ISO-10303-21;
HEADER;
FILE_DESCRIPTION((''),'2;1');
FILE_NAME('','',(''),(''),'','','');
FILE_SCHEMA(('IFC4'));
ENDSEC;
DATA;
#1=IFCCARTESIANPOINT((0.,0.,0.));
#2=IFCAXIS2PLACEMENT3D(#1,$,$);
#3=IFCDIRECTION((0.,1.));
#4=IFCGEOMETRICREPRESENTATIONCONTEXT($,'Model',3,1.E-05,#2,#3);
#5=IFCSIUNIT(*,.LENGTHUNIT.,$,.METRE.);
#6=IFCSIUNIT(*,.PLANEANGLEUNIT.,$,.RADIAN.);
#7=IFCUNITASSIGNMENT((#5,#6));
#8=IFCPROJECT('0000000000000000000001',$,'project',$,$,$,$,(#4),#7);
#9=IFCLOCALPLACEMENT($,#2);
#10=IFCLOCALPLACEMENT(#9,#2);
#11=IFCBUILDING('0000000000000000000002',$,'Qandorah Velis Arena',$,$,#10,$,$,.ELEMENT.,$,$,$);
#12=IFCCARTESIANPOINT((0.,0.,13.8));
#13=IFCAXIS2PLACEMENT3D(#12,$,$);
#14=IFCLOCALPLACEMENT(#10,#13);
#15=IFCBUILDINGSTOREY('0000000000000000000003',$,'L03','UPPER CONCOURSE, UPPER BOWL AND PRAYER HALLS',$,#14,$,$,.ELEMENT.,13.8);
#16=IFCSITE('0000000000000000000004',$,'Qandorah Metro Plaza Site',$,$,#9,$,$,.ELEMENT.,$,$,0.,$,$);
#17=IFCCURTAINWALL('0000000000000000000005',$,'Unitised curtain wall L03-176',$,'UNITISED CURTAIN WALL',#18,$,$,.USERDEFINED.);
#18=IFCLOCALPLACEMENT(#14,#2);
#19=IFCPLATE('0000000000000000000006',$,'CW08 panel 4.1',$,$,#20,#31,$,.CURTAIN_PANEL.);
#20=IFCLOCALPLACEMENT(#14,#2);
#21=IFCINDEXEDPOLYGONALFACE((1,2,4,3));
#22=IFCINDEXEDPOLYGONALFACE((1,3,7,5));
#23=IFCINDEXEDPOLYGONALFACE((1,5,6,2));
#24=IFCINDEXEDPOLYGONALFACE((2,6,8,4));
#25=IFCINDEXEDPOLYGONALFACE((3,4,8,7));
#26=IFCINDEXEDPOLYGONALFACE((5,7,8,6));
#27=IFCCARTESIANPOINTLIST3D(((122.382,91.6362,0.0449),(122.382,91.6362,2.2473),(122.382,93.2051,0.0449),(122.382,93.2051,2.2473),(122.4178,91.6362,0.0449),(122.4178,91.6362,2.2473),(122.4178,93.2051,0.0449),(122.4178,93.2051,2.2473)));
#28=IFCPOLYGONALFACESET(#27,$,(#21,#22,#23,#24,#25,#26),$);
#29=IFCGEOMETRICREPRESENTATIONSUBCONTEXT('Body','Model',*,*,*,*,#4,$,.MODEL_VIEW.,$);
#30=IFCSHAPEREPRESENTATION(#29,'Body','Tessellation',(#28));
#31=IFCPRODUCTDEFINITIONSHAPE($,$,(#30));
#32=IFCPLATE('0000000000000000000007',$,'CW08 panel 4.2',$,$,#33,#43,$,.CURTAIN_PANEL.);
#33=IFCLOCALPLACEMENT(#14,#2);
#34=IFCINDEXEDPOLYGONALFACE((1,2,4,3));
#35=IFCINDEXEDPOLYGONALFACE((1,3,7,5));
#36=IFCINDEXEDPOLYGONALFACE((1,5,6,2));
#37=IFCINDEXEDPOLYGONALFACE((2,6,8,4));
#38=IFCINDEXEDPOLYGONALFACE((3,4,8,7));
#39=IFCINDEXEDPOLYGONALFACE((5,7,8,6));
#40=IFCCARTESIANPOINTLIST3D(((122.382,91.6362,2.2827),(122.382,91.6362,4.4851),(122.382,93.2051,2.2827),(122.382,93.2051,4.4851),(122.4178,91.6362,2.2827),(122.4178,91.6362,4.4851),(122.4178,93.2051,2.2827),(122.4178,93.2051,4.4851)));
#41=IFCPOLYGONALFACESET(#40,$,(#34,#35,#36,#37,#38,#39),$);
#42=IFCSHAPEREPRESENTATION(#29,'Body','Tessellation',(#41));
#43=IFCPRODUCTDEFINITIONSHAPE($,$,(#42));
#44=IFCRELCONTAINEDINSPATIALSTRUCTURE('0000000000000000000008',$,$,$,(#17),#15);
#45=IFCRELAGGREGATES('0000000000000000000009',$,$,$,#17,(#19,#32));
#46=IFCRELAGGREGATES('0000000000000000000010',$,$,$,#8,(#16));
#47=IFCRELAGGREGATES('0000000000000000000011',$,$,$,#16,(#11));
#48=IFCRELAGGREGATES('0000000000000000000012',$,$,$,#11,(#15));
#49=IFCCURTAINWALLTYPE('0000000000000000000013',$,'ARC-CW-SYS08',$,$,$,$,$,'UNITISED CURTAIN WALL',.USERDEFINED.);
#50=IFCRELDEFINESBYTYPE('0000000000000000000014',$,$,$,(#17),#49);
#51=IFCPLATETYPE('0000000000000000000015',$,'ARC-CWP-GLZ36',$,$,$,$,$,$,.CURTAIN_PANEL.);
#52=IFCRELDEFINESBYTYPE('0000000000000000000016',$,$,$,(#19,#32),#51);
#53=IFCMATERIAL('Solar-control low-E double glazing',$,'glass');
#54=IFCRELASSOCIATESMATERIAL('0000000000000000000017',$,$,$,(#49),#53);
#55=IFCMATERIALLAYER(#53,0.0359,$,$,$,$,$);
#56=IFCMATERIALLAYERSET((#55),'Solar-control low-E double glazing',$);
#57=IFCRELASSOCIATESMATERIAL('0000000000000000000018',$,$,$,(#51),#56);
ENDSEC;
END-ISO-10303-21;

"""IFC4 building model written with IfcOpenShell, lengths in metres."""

from ifc_helpers import new_model, si_unit, direction, frame, origin, origin_2d, place, context, subcontext, project, spatial, rectangle, extrude, material, layer, layer_set, type_object, element, aggregate, save


model = new_model("IFC4")

# Units and contexts
model_context = context("Model", 3, precision=1e-05, world=origin(), true_north=direction((0.0, 1.0)))
body_context = subcontext(model_context, "Body", "Model", "MODEL_VIEW")
ifc_project = project(units=[si_unit("LENGTHUNIT", "METRE"), si_unit("PLANEANGLEUNIT", "RADIAN")], contexts=[model_context])

# Site, building, storey
site_placement = place(None, origin())
site = spatial("IfcSite", under=ifc_project, at=site_placement, Name="Qandorah Metro Plaza Site", CompositionType="ELEMENT", RefElevation=0.0)
building_placement = place(site_placement, origin())
building = spatial("IfcBuilding", under=site, at=building_placement, Name="Qandorah Velis Arena", CompositionType="ELEMENT")
storey_placement = place(building_placement, frame((0.0, 0.0, 13.8)))
storey = spatial("IfcBuildingStorey", under=building, at=storey_placement, Name="L03", Description="UPPER CONCOURSE, UPPER BOWL AND PRAYER HALLS", CompositionType="ELEMENT", Elevation=13.8)

# Curtain wall
ifc_material_1 = material(Name="Solar-control low-E double glazing", Category="glass")
curtain_wall_type_1 = type_object("IfcCurtainWallType", Name="ARC-CW-SYS08", ElementType="UNITISED CURTAIN WALL", PredefinedType="USERDEFINED", material=ifc_material_1)
curtain_wall_1_placement = place(storey_placement, origin())
curtain_wall_1 = element("IfcCurtainWall", 1, at=curtain_wall_1_placement, inside=storey, type_object=curtain_wall_type_1, Name="Unitised curtain wall L03-176", ObjectType="UNITISED CURTAIN WALL", PredefinedType="USERDEFINED")

# Plates
ifc_layer_1 = layer(ifc_material_1, 0.0359)
ifc_layer_set_1 = layer_set([ifc_layer_1], Name="Solar-control low-E double glazing")
plate_type_1 = type_object("IfcPlateType", Name="ARC-CWP-GLZ36", PredefinedType="CURTAIN_PANEL", material=ifc_layer_set_1)
plate_1_placement = place(storey_placement, frame((122.3999, 92.4207, 0.0449), z_axis=(0.0, 0.0, 1.0), x_axis=(0.0, 1.0, 0.0)))
plate_1 = element("IfcPlate", 2, at=plate_1_placement, type_object=plate_type_1, Name="CW08 panel 4.1", PredefinedType="CURTAIN_PANEL", context=body_context, shape_type="SweptSolid", body=[
    extrude(rectangle(XDim=1.5688, YDim=0.0359, at=origin_2d()), origin(), (0.0, 0.0, 1.0), 2.2024),
])
plate_2_placement = place(storey_placement, frame((122.3999, 92.4207, 2.2827), z_axis=(0.0, 0.0, 1.0), x_axis=(0.0, 1.0, 0.0)))
plate_2 = element("IfcPlate", 3, at=plate_2_placement, type_object=plate_type_1, Name="CW08 panel 4.2", PredefinedType="CURTAIN_PANEL", context=body_context, shape_type="SweptSolid", body=[
    extrude(rectangle(XDim=1.5688, YDim=0.0359, at=origin_2d()), origin(), (0.0, 0.0, 1.0), 2.2024),
])
aggregate(curtain_wall_1, [plate_1, plate_2])

save(model, "model.ifc")
